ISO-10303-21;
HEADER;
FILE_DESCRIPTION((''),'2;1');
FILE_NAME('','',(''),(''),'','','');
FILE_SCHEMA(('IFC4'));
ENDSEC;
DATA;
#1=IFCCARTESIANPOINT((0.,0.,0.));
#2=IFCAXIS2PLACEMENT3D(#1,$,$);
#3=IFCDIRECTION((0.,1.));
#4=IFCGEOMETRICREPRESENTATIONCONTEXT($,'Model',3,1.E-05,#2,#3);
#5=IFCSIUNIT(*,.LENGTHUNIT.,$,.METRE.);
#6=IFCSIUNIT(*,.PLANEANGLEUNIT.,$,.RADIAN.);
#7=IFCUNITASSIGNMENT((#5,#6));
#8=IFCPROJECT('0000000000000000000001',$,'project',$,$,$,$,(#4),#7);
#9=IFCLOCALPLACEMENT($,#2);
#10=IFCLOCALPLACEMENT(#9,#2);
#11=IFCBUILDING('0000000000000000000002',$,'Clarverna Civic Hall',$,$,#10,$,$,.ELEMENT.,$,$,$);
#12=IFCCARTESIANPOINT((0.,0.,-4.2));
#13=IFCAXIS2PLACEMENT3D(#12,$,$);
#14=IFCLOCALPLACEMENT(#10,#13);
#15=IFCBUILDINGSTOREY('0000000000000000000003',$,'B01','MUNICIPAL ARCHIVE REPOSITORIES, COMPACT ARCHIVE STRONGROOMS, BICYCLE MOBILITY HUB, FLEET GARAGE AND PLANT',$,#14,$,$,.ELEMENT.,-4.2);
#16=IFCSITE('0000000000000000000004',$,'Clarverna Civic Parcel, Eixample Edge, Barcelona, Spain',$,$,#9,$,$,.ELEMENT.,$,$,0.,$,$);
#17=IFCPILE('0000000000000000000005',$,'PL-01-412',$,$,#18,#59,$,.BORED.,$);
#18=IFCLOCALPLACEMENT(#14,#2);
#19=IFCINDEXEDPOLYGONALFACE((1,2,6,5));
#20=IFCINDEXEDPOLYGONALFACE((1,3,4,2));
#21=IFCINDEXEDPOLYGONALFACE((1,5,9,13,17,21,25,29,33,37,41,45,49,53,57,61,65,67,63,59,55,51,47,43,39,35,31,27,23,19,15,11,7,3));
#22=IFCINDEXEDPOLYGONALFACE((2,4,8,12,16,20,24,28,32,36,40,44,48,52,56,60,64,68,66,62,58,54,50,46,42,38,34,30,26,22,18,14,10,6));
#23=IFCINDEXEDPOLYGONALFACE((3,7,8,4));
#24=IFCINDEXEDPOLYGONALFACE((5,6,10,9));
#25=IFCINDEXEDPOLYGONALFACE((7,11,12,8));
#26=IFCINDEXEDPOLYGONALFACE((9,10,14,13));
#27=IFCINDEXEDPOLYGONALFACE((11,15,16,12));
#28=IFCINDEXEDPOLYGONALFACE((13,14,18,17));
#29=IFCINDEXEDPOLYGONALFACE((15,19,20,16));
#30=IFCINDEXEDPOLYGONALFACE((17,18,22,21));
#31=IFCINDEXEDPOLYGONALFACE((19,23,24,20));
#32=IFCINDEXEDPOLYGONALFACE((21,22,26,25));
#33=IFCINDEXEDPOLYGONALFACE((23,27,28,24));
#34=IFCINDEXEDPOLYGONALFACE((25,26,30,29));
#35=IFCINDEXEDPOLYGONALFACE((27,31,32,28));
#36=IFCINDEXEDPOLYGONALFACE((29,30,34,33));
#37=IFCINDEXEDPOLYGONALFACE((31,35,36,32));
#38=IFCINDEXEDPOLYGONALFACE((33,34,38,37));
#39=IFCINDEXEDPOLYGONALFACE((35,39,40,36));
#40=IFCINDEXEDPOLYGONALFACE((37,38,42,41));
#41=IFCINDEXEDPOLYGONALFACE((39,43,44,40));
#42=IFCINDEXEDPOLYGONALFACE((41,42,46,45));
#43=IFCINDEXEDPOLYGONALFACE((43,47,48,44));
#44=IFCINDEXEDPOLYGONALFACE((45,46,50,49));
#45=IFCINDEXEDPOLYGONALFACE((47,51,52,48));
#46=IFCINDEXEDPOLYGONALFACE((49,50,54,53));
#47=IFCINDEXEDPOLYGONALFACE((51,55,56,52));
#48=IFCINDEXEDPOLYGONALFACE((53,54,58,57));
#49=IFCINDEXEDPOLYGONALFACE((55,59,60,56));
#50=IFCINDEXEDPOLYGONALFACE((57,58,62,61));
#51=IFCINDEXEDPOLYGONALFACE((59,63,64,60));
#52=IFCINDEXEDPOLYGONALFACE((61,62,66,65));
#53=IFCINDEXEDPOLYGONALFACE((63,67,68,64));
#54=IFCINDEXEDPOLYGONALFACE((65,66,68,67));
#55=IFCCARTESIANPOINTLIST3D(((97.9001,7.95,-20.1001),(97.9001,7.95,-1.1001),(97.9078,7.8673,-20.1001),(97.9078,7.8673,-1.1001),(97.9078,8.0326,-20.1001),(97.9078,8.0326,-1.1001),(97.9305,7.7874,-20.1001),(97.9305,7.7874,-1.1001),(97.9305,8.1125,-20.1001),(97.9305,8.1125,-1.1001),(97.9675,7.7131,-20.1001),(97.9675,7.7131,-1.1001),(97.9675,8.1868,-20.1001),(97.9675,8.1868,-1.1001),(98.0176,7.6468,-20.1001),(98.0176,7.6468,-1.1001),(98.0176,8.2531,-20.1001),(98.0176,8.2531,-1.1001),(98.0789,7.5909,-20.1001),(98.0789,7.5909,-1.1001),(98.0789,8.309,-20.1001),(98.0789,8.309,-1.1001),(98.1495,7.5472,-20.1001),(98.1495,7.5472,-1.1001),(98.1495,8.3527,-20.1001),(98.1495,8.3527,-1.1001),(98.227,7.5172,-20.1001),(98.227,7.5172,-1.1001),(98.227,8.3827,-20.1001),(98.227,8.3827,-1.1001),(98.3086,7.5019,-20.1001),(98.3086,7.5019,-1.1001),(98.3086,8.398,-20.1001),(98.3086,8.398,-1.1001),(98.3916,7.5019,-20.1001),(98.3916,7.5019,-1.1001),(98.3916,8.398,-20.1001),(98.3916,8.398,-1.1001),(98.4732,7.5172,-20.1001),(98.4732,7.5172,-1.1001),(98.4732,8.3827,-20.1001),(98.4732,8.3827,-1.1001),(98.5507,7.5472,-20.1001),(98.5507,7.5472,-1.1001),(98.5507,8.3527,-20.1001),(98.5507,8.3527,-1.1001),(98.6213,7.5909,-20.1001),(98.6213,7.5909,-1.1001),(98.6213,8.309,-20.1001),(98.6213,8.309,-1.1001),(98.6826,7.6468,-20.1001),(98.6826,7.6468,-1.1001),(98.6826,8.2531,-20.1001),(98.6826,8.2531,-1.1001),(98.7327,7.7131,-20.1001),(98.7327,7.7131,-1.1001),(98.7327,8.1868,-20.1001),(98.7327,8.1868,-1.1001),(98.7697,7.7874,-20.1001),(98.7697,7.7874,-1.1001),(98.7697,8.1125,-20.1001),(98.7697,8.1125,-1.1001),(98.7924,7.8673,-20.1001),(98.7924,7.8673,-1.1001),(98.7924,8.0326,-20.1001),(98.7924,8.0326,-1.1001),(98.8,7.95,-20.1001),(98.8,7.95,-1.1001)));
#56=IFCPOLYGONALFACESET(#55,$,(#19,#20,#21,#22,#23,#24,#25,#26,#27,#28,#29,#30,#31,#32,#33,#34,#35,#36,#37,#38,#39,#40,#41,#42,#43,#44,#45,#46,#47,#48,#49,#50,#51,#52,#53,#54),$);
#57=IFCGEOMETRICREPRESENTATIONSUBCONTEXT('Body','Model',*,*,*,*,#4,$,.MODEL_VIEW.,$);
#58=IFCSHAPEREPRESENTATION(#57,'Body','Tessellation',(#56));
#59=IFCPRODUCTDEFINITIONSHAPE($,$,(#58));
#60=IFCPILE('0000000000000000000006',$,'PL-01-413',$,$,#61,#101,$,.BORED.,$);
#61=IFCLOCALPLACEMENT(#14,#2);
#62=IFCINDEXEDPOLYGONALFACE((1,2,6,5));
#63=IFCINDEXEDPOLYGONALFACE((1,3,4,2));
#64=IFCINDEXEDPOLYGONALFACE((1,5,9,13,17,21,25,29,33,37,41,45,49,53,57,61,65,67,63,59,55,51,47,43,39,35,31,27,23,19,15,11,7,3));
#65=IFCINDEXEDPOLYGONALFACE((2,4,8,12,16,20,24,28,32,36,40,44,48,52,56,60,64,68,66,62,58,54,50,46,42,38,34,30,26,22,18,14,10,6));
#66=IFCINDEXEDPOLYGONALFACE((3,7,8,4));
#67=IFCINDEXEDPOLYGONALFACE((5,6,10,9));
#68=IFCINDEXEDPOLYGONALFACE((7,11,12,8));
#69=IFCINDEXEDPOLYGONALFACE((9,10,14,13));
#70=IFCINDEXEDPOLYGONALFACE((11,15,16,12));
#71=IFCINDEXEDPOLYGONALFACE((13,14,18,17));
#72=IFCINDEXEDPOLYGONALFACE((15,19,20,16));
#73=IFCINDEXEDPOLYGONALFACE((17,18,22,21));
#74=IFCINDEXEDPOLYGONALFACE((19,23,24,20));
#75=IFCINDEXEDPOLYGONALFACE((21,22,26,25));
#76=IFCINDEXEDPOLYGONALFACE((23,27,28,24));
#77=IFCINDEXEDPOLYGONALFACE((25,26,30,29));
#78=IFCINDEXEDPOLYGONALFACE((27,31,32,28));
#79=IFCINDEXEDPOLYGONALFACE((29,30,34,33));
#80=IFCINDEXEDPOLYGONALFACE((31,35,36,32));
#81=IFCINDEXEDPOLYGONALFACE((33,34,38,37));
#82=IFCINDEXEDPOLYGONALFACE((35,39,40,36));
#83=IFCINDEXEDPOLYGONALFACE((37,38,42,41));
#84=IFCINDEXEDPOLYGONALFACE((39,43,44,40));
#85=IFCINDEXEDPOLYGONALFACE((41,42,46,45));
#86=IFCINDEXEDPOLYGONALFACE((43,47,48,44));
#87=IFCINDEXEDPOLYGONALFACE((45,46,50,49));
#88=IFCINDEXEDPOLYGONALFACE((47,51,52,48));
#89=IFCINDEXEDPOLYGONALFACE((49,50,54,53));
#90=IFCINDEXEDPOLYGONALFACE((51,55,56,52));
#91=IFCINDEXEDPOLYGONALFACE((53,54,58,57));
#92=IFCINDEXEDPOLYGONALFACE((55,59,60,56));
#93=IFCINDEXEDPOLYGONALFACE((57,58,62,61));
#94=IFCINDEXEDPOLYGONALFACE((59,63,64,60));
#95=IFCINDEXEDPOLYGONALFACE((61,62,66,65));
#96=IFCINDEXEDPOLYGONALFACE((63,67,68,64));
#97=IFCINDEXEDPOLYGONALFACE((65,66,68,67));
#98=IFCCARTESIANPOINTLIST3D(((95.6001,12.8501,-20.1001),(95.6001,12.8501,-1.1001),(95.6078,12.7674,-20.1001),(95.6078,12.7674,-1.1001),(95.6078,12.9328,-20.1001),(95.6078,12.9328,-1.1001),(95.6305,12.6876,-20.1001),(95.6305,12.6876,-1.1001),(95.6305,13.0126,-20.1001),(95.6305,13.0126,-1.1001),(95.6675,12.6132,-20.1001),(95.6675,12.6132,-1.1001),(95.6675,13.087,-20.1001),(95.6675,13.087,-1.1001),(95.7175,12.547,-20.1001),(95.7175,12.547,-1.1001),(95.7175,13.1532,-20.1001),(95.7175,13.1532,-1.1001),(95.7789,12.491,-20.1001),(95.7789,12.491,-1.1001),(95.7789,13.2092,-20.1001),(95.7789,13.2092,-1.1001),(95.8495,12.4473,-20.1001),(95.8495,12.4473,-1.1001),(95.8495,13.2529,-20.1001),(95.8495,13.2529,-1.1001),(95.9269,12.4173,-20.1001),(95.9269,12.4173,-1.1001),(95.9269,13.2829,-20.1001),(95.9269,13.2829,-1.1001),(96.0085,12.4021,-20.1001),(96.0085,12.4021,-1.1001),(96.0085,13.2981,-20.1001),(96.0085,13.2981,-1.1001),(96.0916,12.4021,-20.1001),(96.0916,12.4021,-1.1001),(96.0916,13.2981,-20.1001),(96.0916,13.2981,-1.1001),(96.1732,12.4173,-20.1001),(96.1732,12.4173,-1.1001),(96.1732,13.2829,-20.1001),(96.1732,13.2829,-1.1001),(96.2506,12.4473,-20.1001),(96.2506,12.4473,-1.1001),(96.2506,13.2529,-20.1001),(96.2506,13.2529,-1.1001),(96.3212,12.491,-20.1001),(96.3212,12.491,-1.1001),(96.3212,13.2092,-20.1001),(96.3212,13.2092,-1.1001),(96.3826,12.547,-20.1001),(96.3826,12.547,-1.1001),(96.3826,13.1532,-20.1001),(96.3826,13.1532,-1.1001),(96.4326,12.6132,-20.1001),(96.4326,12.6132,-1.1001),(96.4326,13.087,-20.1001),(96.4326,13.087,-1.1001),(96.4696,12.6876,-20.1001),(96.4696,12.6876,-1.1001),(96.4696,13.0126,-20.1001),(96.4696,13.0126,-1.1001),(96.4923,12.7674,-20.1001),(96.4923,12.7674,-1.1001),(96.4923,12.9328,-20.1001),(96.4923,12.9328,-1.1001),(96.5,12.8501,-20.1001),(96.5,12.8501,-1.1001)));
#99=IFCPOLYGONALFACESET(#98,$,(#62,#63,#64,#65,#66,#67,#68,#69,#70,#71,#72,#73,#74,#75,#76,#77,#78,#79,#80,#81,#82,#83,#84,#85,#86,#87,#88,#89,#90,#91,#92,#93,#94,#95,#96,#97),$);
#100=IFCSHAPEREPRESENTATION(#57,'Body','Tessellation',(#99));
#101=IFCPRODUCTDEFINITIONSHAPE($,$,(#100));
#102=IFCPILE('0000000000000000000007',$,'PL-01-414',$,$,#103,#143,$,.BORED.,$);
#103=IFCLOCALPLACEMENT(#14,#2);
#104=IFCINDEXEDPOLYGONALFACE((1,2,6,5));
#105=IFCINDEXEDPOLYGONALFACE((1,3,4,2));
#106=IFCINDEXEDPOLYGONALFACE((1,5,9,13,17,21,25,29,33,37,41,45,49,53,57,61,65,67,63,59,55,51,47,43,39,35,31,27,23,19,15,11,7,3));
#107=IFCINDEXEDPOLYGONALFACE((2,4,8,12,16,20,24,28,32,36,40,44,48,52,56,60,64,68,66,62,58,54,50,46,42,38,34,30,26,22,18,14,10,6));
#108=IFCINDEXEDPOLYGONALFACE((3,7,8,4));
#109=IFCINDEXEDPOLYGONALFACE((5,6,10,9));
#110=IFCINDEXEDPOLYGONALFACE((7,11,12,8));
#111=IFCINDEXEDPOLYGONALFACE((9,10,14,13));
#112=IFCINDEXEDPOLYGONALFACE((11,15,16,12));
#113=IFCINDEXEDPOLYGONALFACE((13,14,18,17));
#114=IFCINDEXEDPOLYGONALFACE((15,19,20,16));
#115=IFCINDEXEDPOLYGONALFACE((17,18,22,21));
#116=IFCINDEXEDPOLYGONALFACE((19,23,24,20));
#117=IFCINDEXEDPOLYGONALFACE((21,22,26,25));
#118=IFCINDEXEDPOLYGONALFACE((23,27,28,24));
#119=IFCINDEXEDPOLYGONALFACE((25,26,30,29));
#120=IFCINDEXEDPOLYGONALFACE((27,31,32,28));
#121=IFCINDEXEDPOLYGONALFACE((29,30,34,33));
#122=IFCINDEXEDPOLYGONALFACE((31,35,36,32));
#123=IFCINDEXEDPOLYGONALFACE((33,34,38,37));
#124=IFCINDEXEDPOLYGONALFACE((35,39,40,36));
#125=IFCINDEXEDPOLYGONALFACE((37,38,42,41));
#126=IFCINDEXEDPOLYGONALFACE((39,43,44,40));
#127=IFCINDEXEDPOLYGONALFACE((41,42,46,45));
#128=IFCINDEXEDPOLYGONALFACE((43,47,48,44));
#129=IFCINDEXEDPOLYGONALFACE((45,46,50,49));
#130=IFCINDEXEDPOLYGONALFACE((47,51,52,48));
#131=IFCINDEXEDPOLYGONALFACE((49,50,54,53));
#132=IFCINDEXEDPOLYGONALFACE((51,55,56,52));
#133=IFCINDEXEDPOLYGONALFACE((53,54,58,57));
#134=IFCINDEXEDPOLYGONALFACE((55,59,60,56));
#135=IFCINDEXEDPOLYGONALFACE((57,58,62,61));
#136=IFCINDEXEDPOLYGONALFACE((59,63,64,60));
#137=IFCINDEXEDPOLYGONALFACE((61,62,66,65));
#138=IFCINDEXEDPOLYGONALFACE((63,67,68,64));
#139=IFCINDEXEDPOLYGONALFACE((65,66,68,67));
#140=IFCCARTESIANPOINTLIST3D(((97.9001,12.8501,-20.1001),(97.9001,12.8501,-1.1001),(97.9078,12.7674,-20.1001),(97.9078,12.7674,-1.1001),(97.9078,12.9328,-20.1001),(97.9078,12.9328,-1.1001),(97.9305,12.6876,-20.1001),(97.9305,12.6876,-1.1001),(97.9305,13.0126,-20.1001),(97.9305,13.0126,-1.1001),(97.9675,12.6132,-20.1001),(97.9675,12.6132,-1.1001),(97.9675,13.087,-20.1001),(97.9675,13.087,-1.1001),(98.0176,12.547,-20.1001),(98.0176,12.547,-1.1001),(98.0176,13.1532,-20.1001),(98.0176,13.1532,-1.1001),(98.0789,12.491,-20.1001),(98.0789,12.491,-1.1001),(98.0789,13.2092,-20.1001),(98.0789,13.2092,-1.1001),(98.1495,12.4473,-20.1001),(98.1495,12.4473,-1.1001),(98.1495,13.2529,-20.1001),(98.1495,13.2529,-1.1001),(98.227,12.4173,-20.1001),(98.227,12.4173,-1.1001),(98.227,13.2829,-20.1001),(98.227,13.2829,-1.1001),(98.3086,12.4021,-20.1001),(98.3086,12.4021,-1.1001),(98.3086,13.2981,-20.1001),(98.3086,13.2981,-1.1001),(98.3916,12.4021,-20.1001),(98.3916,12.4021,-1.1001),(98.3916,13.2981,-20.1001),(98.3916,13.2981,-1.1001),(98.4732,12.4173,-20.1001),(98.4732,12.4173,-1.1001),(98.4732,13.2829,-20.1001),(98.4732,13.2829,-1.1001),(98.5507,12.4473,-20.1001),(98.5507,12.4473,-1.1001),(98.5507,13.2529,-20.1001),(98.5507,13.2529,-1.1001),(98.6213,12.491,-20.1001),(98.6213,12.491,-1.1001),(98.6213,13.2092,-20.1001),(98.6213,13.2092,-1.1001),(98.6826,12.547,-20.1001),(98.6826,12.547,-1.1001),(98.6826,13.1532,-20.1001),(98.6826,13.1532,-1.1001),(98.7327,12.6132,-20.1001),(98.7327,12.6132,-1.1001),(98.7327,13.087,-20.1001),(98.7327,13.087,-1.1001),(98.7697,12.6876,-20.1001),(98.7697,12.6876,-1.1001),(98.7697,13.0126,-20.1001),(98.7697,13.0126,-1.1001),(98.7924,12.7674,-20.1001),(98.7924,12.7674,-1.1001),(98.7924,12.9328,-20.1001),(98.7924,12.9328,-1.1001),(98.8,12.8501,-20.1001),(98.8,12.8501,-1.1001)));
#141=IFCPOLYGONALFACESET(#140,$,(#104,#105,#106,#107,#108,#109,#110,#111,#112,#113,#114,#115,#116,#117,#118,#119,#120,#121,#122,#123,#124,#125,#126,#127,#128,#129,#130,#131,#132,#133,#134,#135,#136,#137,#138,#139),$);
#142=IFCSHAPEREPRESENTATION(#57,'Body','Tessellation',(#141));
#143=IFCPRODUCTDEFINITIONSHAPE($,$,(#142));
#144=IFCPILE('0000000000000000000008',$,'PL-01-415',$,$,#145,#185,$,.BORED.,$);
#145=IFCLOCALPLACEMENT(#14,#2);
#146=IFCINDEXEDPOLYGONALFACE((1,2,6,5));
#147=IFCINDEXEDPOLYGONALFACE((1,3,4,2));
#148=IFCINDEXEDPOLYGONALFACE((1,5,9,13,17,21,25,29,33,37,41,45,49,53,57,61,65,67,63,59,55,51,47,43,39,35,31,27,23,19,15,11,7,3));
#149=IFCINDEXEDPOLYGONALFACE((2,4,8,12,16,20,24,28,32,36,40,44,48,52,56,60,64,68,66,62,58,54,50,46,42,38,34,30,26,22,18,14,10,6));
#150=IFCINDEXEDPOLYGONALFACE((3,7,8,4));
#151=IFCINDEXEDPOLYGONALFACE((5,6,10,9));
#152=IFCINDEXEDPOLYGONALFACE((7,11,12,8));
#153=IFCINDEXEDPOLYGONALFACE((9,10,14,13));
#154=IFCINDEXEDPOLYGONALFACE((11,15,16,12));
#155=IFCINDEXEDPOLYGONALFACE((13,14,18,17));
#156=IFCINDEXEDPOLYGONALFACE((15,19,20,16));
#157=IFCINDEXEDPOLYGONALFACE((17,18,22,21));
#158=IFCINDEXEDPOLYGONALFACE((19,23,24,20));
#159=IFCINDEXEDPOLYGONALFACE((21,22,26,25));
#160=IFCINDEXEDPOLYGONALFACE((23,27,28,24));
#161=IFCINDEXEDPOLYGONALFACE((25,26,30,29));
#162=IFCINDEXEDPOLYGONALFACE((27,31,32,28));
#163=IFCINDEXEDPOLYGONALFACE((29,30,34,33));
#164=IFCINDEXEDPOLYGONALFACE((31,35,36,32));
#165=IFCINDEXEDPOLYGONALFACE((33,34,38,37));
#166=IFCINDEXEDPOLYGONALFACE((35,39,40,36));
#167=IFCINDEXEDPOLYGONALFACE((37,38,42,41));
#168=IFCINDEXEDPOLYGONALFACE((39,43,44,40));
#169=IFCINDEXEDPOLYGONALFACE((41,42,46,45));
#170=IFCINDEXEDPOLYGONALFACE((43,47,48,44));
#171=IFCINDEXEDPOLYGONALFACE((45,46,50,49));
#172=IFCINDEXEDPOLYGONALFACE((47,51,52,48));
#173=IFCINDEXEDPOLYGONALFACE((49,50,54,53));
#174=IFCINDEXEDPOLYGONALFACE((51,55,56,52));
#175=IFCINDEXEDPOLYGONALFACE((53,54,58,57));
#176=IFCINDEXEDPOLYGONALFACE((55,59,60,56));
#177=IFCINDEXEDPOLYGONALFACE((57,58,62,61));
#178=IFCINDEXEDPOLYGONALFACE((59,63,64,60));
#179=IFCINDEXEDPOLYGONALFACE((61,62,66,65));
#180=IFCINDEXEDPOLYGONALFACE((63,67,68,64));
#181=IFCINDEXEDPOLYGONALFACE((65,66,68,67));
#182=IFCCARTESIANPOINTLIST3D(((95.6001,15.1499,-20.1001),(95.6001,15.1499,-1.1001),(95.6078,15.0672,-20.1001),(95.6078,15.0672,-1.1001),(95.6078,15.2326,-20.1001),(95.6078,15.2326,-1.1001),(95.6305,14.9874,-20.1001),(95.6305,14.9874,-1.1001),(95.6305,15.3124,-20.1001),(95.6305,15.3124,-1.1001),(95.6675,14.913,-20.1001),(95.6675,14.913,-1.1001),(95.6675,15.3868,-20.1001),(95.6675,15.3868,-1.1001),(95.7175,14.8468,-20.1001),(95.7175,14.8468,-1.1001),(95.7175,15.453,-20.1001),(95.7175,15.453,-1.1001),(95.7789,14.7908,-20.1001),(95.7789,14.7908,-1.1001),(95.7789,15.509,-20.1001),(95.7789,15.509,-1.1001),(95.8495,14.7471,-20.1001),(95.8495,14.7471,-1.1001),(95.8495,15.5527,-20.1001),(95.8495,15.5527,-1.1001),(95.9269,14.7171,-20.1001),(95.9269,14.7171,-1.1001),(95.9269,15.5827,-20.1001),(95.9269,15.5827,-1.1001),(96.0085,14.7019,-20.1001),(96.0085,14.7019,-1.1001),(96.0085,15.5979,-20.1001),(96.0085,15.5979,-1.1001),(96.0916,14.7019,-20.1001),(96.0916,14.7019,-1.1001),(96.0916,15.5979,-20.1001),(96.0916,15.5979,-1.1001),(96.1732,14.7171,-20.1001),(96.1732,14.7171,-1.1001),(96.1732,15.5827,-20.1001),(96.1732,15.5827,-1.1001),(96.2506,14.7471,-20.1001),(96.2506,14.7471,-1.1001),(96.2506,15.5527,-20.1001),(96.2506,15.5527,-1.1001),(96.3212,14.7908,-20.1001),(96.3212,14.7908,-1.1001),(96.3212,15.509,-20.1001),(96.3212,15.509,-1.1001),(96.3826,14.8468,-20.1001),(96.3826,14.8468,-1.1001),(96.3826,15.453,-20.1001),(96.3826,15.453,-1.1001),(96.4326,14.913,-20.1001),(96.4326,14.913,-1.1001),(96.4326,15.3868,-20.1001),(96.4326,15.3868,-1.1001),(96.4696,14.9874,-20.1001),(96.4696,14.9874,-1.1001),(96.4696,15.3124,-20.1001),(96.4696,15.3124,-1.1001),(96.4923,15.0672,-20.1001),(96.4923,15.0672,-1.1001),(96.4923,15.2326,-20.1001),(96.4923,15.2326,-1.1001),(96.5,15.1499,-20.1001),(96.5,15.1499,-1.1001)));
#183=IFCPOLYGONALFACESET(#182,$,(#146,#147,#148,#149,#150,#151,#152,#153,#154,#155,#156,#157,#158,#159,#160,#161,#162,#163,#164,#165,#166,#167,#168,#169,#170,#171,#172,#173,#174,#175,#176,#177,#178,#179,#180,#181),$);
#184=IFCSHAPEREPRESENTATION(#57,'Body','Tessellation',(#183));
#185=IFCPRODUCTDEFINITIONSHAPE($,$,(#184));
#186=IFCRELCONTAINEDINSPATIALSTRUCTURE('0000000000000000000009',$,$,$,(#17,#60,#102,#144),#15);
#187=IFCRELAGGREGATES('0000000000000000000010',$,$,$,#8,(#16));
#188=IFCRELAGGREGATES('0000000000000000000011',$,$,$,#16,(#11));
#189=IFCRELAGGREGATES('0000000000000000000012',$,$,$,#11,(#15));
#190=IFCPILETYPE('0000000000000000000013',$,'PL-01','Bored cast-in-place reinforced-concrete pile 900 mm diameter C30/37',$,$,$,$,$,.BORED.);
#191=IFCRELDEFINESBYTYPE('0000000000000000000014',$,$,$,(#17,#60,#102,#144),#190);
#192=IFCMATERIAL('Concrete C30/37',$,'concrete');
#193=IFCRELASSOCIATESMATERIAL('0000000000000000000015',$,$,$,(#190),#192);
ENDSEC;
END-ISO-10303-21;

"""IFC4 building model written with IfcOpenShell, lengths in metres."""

from ifc_helpers import new_model, si_unit, direction, frame, origin, origin_2d, place, context, subcontext, project, spatial, circle, extrude, material, material_profile, profile_set, type_object, element, save


model = new_model("IFC4")

# Units and contexts
model_context = context("Model", 3, precision=1e-05, world=origin(), true_north=direction((0.0, 1.0)))
body_context = subcontext(model_context, "Body", "Model", "MODEL_VIEW")
ifc_project = project(units=[si_unit("LENGTHUNIT", "METRE"), si_unit("PLANEANGLEUNIT", "RADIAN")], contexts=[model_context])

# Site, building, storey
site_placement = place(None, origin())
site = spatial("IfcSite", under=ifc_project, at=site_placement, Name="Clarverna Civic Parcel, Eixample Edge, Barcelona, Spain", CompositionType="ELEMENT", RefElevation=0.0)
building_placement = place(site_placement, origin())
building = spatial("IfcBuilding", under=site, at=building_placement, Name="Clarverna Civic Hall", CompositionType="ELEMENT")
storey_placement = place(building_placement, frame((0.0, 0.0, -4.2)))
storey = spatial("IfcBuildingStorey", under=building, at=storey_placement, Name="B01", Description="MUNICIPAL ARCHIVE REPOSITORIES, COMPACT ARCHIVE STRONGROOMS, BICYCLE MOBILITY HUB, FLEET GARAGE AND PLANT", CompositionType="ELEMENT", Elevation=-4.2)

# Shared definitions
ifc_material_1 = material(Name="Concrete C30/37", Category="concrete")

# Piles
ifc_material_profile_1 = material_profile(ifc_material_1, circle(Radius=0.45, at=origin_2d()), Name="BORED PILE D900")
ifc_profile_set_1 = profile_set([ifc_material_profile_1], Name="Concrete C30/37")
pile_type = type_object("IfcPileType", Name="PL-01", Description="Bored cast-in-place reinforced-concrete pile 900 mm diameter C30/37", PredefinedType="BORED", material=ifc_profile_set_1)
for number, where, z_axis, x_axis, name in (
    (1, (98.3501, 7.95, -1.1001), (0.0, 0.0, -1.0), (1.0, 0.0, 0.0), "PL-01-412"),
    (2, (96.05, 12.8501, -1.1001), (0.0, 0.0, -1.0), (1.0, 0.0, 0.0), "PL-01-413"),
    (3, (98.3501, 12.8501, -1.1001), (0.0, 0.0, -1.0), (1.0, 0.0, 0.0), "PL-01-414"),
    (4, (96.05, 15.1499, -1.1001), (0.0, 0.0, -1.0), (1.0, 0.0, 0.0), "PL-01-415"),
):
    element("IfcPile", number, at=place(storey_placement, frame(where, z_axis=z_axis, x_axis=x_axis)), inside=storey, type_object=pile_type, Name=name, PredefinedType="BORED", context=body_context, shape_type="SweptSolid", body=[
        extrude(circle(Radius=0.45, at=origin_2d()), origin(), (0.0, 0.0, 1.0), 19.0),
    ])

save(model, "model.ifc")
